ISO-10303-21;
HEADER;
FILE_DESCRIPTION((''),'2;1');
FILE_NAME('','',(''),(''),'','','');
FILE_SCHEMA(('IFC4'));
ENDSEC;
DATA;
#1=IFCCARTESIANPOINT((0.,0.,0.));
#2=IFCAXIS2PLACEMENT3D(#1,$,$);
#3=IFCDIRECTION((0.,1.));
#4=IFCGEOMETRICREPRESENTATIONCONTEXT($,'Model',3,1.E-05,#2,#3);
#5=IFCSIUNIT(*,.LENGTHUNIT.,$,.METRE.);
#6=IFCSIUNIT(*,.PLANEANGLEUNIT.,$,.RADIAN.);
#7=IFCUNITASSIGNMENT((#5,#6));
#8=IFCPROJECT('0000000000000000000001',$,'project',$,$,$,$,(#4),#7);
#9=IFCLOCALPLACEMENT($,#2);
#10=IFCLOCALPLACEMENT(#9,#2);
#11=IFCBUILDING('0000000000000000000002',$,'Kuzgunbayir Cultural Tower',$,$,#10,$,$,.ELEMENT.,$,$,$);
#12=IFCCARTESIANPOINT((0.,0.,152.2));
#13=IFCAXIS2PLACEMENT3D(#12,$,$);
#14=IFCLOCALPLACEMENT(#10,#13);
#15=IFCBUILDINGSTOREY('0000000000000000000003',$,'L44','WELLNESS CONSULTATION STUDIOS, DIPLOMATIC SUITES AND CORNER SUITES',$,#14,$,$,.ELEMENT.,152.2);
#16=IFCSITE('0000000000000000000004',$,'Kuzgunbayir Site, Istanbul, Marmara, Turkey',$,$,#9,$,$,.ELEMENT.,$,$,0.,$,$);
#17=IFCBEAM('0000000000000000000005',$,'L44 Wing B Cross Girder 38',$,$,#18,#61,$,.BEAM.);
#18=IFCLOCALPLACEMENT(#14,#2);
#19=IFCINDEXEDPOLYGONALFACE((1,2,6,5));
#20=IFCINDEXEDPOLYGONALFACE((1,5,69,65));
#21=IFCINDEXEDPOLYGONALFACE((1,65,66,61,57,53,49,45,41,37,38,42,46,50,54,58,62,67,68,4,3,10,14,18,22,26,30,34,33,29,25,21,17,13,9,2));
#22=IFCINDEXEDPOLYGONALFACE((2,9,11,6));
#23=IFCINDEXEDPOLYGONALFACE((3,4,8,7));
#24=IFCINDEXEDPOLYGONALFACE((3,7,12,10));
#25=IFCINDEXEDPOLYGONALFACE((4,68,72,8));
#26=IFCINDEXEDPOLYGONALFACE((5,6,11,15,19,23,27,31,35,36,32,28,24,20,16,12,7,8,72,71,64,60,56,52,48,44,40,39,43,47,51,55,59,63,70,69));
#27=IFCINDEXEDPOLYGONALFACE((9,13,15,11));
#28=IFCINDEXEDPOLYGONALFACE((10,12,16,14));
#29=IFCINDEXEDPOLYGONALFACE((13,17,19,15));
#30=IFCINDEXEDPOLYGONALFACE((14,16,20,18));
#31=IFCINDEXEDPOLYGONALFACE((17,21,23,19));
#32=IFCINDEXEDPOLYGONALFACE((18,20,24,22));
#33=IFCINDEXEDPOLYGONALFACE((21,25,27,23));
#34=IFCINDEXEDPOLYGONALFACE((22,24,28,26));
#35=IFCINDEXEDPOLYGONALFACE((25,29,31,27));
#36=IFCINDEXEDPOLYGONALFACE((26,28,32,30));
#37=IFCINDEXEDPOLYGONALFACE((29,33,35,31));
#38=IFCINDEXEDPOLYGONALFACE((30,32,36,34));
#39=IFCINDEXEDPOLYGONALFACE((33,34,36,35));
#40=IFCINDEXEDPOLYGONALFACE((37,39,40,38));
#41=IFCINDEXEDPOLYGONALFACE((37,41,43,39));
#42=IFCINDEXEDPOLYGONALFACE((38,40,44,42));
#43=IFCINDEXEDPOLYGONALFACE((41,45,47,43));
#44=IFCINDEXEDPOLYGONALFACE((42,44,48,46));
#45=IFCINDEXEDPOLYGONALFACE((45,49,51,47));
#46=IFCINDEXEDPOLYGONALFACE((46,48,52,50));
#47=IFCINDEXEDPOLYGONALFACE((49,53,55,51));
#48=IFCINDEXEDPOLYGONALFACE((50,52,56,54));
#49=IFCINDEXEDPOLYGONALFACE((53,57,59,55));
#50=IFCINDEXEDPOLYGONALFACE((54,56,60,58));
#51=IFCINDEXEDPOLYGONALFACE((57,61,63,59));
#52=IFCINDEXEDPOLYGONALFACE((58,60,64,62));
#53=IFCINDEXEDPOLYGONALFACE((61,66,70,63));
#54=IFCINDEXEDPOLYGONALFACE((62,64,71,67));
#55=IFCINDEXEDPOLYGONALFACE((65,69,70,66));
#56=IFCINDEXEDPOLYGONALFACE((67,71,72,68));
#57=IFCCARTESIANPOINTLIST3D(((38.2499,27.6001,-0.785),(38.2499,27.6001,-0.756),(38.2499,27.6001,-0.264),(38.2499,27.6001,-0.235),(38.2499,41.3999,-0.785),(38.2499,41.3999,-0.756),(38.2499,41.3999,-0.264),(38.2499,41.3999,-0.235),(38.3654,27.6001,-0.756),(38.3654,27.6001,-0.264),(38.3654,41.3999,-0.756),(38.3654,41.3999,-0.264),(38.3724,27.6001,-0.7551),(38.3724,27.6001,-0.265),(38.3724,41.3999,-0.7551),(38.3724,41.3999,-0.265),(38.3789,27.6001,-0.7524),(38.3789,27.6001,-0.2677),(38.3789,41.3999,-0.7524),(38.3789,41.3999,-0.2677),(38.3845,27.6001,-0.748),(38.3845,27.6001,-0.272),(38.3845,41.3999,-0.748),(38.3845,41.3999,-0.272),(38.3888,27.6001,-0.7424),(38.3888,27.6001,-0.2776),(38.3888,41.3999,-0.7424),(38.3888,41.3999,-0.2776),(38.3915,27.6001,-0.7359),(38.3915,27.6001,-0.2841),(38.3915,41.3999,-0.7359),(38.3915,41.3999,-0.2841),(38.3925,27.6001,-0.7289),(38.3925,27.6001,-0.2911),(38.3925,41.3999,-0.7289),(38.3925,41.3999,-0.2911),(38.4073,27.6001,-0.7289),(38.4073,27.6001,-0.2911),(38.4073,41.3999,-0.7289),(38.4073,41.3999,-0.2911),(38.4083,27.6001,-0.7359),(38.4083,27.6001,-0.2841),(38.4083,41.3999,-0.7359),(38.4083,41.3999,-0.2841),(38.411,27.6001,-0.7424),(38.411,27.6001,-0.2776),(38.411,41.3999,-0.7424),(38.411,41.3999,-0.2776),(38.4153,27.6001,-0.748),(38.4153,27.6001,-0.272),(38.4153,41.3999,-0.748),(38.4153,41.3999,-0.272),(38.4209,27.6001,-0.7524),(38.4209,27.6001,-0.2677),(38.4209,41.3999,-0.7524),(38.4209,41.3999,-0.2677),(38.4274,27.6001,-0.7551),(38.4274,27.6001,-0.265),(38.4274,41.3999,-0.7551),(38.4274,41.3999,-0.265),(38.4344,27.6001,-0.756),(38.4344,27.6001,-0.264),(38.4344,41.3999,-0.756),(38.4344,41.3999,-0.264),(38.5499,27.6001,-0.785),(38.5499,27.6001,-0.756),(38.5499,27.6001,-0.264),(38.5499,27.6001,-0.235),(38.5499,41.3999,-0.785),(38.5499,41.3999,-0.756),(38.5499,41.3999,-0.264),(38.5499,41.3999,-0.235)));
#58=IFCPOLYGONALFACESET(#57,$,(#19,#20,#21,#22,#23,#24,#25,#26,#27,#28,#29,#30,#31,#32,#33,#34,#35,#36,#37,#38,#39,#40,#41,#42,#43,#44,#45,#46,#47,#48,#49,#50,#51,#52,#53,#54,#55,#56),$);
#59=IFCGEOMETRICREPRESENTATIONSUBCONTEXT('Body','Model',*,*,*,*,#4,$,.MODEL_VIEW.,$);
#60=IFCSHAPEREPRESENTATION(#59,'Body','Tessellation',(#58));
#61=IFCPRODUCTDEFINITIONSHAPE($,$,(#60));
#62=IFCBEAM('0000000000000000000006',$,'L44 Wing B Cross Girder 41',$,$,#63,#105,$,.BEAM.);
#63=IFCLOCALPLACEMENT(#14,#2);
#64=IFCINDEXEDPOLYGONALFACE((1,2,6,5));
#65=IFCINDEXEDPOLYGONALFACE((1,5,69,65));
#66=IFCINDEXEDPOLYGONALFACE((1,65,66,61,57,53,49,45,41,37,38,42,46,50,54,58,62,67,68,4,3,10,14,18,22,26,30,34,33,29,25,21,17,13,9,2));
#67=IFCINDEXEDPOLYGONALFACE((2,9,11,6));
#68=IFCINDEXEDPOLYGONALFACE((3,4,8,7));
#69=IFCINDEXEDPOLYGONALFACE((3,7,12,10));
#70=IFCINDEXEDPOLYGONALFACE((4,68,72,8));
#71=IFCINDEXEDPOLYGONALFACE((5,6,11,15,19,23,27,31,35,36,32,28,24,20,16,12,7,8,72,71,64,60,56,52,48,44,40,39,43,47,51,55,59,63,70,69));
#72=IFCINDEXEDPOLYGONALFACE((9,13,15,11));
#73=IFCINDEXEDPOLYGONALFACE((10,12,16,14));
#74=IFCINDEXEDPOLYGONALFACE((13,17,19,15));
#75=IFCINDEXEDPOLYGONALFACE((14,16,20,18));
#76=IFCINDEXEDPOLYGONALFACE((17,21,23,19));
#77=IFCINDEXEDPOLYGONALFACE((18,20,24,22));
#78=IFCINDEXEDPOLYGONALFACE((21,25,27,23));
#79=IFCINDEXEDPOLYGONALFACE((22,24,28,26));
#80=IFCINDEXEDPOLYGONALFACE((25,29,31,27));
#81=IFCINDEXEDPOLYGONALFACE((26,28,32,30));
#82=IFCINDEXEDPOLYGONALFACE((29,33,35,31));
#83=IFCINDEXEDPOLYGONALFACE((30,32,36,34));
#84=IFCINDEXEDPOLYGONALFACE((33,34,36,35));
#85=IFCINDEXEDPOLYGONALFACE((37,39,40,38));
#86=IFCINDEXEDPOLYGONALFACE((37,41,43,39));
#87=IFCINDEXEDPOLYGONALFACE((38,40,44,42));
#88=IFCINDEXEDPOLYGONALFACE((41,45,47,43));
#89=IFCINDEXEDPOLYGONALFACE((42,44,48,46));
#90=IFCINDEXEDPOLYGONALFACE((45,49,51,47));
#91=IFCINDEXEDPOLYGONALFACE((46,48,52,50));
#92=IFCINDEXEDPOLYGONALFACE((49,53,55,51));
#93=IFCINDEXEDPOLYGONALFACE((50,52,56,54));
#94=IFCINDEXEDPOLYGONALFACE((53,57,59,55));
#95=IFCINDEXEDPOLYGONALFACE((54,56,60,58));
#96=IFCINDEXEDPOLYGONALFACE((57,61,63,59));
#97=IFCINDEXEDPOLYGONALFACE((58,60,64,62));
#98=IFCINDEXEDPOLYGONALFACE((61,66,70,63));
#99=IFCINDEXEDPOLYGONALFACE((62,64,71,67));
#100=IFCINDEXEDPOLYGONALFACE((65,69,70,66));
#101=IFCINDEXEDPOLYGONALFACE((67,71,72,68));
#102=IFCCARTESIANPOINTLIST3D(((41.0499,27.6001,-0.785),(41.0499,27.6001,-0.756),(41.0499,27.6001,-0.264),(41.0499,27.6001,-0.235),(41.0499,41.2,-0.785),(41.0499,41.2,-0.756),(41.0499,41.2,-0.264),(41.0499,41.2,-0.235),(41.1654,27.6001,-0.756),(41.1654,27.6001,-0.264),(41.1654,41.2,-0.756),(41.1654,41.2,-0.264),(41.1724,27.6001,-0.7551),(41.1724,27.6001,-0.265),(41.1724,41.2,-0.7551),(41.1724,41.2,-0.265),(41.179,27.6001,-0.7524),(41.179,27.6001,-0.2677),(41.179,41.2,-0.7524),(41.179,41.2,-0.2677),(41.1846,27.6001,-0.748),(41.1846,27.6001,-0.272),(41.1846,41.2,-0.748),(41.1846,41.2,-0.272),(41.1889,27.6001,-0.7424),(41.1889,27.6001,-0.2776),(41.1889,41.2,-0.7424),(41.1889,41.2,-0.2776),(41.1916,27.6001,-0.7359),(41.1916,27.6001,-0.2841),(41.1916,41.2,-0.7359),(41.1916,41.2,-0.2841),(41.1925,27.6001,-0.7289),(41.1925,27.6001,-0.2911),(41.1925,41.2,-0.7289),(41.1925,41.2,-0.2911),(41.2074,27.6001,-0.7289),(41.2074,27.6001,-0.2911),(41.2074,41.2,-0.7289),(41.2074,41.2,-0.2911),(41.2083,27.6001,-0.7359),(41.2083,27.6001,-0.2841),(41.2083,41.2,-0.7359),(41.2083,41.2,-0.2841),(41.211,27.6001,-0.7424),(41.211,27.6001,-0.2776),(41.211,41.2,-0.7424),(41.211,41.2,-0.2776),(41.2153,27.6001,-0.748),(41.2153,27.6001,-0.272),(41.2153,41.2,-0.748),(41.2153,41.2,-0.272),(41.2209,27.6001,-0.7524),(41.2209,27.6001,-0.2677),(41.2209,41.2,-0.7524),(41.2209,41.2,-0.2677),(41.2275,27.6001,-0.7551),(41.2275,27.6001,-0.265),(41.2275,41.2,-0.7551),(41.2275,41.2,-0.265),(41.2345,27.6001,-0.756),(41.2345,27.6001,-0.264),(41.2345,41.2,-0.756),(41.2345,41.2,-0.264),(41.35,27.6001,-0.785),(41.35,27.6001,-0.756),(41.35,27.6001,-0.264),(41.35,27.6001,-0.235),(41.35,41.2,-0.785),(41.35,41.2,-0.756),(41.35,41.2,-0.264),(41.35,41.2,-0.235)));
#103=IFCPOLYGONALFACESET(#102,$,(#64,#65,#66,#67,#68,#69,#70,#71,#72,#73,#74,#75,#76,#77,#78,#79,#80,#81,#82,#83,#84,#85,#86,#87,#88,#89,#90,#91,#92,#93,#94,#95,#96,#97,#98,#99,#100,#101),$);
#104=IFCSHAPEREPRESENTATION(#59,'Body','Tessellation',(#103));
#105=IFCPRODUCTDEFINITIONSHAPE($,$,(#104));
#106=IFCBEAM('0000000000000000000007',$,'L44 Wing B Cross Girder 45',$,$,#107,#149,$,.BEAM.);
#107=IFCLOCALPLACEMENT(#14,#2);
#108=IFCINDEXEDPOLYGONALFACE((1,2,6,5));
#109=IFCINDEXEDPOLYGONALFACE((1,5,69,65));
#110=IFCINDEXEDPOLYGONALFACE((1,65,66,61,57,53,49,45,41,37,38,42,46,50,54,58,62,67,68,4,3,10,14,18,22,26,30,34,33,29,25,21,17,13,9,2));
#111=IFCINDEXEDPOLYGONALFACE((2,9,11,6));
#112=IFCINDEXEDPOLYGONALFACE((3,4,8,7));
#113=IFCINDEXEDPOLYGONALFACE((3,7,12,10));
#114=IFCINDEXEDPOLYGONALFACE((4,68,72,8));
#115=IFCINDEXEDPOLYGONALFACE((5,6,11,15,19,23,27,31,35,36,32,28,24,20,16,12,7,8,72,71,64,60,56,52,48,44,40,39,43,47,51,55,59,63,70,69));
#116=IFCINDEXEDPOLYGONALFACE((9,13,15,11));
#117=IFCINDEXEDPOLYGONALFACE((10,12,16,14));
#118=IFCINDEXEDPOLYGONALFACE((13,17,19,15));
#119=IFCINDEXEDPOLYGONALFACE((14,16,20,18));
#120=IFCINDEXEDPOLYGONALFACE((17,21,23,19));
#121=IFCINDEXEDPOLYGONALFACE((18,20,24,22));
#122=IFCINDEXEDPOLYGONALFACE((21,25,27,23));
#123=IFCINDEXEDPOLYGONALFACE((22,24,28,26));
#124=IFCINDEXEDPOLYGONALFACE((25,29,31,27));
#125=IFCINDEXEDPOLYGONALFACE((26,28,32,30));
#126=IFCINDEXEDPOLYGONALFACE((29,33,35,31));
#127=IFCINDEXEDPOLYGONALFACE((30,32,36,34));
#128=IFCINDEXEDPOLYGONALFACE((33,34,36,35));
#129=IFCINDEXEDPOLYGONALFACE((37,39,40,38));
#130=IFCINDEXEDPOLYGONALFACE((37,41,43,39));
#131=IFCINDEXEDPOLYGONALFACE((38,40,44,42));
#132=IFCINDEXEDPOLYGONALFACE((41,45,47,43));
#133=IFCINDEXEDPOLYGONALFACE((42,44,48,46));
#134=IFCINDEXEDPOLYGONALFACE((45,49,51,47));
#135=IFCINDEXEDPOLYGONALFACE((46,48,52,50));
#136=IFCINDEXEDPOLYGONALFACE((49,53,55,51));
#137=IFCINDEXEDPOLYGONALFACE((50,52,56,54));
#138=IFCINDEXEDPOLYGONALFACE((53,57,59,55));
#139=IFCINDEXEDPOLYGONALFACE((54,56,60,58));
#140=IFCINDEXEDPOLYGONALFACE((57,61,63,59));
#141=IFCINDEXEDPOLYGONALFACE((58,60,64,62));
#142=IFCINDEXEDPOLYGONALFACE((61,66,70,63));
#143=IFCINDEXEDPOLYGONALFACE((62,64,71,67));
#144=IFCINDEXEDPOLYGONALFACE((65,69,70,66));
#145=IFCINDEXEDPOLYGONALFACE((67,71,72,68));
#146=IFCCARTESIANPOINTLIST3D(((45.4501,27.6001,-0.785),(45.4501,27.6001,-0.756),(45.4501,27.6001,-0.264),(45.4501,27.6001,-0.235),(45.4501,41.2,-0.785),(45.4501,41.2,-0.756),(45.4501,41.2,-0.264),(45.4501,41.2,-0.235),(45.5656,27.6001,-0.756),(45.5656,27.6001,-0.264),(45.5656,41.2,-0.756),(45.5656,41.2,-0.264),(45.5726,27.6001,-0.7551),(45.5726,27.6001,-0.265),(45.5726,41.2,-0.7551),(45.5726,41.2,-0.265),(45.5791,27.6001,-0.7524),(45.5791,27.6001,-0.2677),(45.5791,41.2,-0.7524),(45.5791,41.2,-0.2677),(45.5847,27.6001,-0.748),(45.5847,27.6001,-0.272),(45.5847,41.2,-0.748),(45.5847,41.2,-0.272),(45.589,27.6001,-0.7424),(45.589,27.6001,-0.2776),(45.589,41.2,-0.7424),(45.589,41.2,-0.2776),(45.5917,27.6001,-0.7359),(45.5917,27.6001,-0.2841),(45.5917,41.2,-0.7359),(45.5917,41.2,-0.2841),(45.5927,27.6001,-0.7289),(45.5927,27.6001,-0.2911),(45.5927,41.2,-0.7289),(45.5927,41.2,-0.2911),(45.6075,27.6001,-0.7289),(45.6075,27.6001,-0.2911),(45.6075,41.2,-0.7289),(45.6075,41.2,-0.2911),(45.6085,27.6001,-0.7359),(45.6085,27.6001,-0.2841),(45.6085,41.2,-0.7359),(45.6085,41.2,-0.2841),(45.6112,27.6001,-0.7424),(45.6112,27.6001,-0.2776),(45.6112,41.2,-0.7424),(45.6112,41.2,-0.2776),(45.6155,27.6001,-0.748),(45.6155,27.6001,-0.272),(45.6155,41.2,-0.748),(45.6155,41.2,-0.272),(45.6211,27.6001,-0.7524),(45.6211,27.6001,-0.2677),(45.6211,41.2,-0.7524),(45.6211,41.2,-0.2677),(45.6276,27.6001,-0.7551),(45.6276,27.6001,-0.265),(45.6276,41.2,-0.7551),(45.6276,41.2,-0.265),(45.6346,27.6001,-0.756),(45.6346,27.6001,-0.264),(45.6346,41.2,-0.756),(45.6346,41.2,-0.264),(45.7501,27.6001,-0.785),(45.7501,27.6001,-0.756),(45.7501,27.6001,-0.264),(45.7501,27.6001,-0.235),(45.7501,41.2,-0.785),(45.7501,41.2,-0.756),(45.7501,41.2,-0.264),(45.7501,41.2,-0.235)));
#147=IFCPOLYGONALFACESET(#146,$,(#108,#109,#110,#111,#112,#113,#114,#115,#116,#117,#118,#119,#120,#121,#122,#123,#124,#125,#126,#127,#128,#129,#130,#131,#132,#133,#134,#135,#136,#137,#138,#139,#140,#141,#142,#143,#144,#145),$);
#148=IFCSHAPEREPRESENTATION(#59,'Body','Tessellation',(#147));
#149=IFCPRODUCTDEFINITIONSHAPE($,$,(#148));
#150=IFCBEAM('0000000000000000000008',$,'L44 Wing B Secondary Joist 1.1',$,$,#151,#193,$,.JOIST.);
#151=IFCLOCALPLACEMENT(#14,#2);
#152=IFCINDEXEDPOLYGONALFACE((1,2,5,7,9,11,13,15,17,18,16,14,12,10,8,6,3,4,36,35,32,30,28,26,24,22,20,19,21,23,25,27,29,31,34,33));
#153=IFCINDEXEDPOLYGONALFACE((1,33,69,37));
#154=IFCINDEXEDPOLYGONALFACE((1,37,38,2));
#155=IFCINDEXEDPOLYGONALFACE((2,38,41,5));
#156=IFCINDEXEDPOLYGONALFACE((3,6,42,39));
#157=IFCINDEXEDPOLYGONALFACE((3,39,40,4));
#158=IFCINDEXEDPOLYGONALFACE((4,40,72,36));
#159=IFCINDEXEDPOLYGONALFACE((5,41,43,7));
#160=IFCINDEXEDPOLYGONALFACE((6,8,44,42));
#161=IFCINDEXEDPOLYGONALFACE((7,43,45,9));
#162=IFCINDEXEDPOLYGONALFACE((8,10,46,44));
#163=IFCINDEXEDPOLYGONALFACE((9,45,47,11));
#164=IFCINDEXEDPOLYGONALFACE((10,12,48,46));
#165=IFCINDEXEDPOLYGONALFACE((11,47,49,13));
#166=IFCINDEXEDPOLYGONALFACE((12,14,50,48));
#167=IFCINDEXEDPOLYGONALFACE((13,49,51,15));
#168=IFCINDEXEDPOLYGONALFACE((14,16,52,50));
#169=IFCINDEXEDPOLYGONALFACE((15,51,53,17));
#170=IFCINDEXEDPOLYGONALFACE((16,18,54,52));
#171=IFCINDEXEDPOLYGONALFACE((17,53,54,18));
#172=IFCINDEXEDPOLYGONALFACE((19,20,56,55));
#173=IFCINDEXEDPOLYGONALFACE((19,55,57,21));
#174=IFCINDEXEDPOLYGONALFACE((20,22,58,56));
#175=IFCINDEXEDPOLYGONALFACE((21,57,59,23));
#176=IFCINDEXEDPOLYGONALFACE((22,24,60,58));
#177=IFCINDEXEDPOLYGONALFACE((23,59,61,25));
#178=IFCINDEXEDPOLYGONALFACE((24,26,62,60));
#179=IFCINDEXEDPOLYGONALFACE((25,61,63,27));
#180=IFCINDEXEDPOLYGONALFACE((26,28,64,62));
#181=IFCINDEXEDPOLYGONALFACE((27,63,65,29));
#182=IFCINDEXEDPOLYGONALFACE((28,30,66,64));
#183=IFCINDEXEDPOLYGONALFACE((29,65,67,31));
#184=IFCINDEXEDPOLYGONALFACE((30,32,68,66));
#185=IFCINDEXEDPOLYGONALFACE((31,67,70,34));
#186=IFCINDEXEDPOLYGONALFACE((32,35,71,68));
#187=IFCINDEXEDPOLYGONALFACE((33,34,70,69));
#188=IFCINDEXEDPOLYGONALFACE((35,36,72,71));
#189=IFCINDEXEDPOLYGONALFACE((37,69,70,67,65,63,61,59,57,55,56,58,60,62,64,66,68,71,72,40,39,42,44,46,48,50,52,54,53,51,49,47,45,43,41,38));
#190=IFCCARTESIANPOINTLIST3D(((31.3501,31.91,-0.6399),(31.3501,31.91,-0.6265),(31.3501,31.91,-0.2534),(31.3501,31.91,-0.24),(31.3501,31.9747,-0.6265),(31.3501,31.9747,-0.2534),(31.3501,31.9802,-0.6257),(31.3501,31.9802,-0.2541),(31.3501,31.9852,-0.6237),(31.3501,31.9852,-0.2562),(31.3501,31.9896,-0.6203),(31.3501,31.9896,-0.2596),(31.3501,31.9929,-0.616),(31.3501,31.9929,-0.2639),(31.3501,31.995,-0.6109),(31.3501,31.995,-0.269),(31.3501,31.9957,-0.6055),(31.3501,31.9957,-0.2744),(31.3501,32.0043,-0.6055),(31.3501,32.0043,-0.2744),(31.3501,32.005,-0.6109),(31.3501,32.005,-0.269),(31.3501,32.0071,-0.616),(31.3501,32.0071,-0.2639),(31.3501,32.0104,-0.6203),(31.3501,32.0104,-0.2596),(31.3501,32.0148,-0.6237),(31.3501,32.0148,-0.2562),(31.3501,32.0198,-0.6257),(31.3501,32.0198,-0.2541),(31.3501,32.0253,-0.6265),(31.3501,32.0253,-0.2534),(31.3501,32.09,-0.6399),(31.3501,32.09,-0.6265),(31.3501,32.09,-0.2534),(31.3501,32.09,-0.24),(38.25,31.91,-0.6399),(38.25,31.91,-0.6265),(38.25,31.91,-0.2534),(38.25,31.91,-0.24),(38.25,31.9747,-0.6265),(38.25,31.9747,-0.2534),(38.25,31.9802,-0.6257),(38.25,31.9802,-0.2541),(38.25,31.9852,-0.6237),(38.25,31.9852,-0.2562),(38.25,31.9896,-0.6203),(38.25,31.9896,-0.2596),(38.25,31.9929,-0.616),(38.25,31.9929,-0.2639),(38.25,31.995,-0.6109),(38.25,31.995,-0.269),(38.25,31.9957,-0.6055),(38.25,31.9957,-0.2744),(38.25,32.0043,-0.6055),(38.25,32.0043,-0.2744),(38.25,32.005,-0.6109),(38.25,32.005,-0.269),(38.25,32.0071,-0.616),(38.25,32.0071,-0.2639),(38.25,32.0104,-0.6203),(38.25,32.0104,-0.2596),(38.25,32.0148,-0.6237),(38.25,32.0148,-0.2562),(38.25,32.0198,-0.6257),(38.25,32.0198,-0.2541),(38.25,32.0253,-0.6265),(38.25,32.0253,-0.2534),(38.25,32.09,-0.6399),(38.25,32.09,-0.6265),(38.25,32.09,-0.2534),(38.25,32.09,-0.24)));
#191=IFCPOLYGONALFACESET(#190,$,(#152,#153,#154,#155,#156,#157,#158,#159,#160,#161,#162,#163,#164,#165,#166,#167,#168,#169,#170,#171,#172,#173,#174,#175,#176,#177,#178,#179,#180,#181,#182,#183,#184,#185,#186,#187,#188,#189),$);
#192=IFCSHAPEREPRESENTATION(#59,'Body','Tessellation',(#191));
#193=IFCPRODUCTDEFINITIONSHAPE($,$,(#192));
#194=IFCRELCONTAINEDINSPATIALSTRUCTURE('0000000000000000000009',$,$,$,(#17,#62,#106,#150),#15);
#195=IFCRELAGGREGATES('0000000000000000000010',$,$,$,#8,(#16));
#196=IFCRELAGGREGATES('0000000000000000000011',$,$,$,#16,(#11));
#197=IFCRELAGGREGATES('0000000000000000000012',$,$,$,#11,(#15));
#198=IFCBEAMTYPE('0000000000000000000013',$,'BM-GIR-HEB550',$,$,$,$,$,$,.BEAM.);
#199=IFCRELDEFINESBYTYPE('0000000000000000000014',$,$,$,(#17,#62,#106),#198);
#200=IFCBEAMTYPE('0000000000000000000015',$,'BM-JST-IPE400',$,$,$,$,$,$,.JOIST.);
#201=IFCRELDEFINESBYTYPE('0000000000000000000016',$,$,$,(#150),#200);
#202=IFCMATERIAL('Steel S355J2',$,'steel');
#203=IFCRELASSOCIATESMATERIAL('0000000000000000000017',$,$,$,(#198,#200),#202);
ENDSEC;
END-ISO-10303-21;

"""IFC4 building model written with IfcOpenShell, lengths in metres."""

from ifc_helpers import new_model, si_unit, direction, frame, origin, origin_2d, place, context, subcontext, project, spatial, i_section, extrude, material, material_profile, profile_set, type_object, element, save


model = new_model("IFC4")

# Units and contexts
model_context = context("Model", 3, precision=1e-05, world=origin(), true_north=direction((0.0, 1.0)))
body_context = subcontext(model_context, "Body", "Model", "MODEL_VIEW")
ifc_project = project(units=[si_unit("LENGTHUNIT", "METRE"), si_unit("PLANEANGLEUNIT", "RADIAN")], contexts=[model_context])

# Site, building, storey
site_placement = place(None, origin())
site = spatial("IfcSite", under=ifc_project, at=site_placement, Name="Kuzgunbayir Site, Istanbul, Marmara, Turkey", CompositionType="ELEMENT", RefElevation=0.0)
building_placement = place(site_placement, origin())
building = spatial("IfcBuilding", under=site, at=building_placement, Name="Kuzgunbayir Cultural Tower", CompositionType="ELEMENT")
storey_placement = place(building_placement, frame((0.0, 0.0, 152.2)))
storey = spatial("IfcBuildingStorey", under=building, at=storey_placement, Name="L44", Description="WELLNESS CONSULTATION STUDIOS, DIPLOMATIC SUITES AND CORNER SUITES", CompositionType="ELEMENT", Elevation=152.2)

# Beams
ifc_material_1 = material(Name="Steel S355J2", Category="steel")
ifc_material_profile_1 = material_profile(ifc_material_1, i_section(OverallWidth=0.3, OverallDepth=0.55, WebThickness=0.0149, FlangeThickness=0.0291, FilletRadius=0.0271, at=origin_2d()), Name="HEB 550")
ifc_profile_set_1 = profile_set([ifc_material_profile_1], Name="Steel S355J2")
beam_type_1 = type_object("IfcBeamType", Name="BM-GIR-HEB550", PredefinedType="BEAM", material=ifc_profile_set_1)
beam_1_placement = place(storey_placement, frame((38.3999, 27.6001, -0.51), z_axis=(0.0, 1.0, 0.0), x_axis=(-1.0, 0.0, 0.0)))
element("IfcBeam", 1, at=beam_1_placement, inside=storey, type_object=beam_type_1, Name="L44 Wing B Cross Girder 38", PredefinedType="BEAM", context=body_context, shape_type="SweptSolid", body=[
    extrude(i_section(OverallWidth=0.3, OverallDepth=0.55, WebThickness=0.0149, FlangeThickness=0.0291, FilletRadius=0.0271, at=origin_2d()), origin(), (0.0, 0.0, 1.0), 13.7998),
])
for number, where, z_axis, x_axis, name in (
    (2, (41.2, 27.6001, -0.51), (0.0, 1.0, 0.0), (-1.0, 0.0, 0.0), "L44 Wing B Cross Girder 41"),
    (3, (45.6001, 27.6001, -0.51), (0.0, 1.0, 0.0), (-1.0, 0.0, 0.0), "L44 Wing B Cross Girder 45"),
):
    element("IfcBeam", number, at=place(storey_placement, frame(where, z_axis=z_axis, x_axis=x_axis)), inside=storey, type_object=beam_type_1, Name=name, PredefinedType="BEAM", context=body_context, shape_type="SweptSolid", body=[
        extrude(i_section(OverallWidth=0.3, OverallDepth=0.55, WebThickness=0.0149, FlangeThickness=0.0291, FilletRadius=0.0271, at=origin_2d()), origin(), (0.0, 0.0, 1.0), 13.5999),
    ])
ifc_material_profile_2 = material_profile(ifc_material_1, i_section(OverallWidth=0.1799, OverallDepth=0.3999, WebThickness=0.0085, FlangeThickness=0.0134, FilletRadius=0.021, at=origin_2d()), Name="IPE 400")
ifc_profile_set_2 = profile_set([ifc_material_profile_2], Name="Steel S355J2")
beam_type_2 = type_object("IfcBeamType", Name="BM-JST-IPE400", PredefinedType="JOIST", material=ifc_profile_set_2)
beam_2_placement = place(storey_placement, frame((31.3501, 32.0, -0.4399), z_axis=(1.0, 0.0, 0.0), x_axis=(0.0, 1.0, 0.0)))
element("IfcBeam", 4, at=beam_2_placement, inside=storey, type_object=beam_type_2, Name="L44 Wing B Secondary Joist 1.1", PredefinedType="JOIST", context=body_context, shape_type="SweptSolid", body=[
    extrude(i_section(OverallWidth=0.1799, OverallDepth=0.3999, WebThickness=0.0085, FlangeThickness=0.0134, FilletRadius=0.021, at=origin_2d()), origin(), (0.0, 0.0, 1.0), 6.8999),
])

save(model, "model.ifc")
